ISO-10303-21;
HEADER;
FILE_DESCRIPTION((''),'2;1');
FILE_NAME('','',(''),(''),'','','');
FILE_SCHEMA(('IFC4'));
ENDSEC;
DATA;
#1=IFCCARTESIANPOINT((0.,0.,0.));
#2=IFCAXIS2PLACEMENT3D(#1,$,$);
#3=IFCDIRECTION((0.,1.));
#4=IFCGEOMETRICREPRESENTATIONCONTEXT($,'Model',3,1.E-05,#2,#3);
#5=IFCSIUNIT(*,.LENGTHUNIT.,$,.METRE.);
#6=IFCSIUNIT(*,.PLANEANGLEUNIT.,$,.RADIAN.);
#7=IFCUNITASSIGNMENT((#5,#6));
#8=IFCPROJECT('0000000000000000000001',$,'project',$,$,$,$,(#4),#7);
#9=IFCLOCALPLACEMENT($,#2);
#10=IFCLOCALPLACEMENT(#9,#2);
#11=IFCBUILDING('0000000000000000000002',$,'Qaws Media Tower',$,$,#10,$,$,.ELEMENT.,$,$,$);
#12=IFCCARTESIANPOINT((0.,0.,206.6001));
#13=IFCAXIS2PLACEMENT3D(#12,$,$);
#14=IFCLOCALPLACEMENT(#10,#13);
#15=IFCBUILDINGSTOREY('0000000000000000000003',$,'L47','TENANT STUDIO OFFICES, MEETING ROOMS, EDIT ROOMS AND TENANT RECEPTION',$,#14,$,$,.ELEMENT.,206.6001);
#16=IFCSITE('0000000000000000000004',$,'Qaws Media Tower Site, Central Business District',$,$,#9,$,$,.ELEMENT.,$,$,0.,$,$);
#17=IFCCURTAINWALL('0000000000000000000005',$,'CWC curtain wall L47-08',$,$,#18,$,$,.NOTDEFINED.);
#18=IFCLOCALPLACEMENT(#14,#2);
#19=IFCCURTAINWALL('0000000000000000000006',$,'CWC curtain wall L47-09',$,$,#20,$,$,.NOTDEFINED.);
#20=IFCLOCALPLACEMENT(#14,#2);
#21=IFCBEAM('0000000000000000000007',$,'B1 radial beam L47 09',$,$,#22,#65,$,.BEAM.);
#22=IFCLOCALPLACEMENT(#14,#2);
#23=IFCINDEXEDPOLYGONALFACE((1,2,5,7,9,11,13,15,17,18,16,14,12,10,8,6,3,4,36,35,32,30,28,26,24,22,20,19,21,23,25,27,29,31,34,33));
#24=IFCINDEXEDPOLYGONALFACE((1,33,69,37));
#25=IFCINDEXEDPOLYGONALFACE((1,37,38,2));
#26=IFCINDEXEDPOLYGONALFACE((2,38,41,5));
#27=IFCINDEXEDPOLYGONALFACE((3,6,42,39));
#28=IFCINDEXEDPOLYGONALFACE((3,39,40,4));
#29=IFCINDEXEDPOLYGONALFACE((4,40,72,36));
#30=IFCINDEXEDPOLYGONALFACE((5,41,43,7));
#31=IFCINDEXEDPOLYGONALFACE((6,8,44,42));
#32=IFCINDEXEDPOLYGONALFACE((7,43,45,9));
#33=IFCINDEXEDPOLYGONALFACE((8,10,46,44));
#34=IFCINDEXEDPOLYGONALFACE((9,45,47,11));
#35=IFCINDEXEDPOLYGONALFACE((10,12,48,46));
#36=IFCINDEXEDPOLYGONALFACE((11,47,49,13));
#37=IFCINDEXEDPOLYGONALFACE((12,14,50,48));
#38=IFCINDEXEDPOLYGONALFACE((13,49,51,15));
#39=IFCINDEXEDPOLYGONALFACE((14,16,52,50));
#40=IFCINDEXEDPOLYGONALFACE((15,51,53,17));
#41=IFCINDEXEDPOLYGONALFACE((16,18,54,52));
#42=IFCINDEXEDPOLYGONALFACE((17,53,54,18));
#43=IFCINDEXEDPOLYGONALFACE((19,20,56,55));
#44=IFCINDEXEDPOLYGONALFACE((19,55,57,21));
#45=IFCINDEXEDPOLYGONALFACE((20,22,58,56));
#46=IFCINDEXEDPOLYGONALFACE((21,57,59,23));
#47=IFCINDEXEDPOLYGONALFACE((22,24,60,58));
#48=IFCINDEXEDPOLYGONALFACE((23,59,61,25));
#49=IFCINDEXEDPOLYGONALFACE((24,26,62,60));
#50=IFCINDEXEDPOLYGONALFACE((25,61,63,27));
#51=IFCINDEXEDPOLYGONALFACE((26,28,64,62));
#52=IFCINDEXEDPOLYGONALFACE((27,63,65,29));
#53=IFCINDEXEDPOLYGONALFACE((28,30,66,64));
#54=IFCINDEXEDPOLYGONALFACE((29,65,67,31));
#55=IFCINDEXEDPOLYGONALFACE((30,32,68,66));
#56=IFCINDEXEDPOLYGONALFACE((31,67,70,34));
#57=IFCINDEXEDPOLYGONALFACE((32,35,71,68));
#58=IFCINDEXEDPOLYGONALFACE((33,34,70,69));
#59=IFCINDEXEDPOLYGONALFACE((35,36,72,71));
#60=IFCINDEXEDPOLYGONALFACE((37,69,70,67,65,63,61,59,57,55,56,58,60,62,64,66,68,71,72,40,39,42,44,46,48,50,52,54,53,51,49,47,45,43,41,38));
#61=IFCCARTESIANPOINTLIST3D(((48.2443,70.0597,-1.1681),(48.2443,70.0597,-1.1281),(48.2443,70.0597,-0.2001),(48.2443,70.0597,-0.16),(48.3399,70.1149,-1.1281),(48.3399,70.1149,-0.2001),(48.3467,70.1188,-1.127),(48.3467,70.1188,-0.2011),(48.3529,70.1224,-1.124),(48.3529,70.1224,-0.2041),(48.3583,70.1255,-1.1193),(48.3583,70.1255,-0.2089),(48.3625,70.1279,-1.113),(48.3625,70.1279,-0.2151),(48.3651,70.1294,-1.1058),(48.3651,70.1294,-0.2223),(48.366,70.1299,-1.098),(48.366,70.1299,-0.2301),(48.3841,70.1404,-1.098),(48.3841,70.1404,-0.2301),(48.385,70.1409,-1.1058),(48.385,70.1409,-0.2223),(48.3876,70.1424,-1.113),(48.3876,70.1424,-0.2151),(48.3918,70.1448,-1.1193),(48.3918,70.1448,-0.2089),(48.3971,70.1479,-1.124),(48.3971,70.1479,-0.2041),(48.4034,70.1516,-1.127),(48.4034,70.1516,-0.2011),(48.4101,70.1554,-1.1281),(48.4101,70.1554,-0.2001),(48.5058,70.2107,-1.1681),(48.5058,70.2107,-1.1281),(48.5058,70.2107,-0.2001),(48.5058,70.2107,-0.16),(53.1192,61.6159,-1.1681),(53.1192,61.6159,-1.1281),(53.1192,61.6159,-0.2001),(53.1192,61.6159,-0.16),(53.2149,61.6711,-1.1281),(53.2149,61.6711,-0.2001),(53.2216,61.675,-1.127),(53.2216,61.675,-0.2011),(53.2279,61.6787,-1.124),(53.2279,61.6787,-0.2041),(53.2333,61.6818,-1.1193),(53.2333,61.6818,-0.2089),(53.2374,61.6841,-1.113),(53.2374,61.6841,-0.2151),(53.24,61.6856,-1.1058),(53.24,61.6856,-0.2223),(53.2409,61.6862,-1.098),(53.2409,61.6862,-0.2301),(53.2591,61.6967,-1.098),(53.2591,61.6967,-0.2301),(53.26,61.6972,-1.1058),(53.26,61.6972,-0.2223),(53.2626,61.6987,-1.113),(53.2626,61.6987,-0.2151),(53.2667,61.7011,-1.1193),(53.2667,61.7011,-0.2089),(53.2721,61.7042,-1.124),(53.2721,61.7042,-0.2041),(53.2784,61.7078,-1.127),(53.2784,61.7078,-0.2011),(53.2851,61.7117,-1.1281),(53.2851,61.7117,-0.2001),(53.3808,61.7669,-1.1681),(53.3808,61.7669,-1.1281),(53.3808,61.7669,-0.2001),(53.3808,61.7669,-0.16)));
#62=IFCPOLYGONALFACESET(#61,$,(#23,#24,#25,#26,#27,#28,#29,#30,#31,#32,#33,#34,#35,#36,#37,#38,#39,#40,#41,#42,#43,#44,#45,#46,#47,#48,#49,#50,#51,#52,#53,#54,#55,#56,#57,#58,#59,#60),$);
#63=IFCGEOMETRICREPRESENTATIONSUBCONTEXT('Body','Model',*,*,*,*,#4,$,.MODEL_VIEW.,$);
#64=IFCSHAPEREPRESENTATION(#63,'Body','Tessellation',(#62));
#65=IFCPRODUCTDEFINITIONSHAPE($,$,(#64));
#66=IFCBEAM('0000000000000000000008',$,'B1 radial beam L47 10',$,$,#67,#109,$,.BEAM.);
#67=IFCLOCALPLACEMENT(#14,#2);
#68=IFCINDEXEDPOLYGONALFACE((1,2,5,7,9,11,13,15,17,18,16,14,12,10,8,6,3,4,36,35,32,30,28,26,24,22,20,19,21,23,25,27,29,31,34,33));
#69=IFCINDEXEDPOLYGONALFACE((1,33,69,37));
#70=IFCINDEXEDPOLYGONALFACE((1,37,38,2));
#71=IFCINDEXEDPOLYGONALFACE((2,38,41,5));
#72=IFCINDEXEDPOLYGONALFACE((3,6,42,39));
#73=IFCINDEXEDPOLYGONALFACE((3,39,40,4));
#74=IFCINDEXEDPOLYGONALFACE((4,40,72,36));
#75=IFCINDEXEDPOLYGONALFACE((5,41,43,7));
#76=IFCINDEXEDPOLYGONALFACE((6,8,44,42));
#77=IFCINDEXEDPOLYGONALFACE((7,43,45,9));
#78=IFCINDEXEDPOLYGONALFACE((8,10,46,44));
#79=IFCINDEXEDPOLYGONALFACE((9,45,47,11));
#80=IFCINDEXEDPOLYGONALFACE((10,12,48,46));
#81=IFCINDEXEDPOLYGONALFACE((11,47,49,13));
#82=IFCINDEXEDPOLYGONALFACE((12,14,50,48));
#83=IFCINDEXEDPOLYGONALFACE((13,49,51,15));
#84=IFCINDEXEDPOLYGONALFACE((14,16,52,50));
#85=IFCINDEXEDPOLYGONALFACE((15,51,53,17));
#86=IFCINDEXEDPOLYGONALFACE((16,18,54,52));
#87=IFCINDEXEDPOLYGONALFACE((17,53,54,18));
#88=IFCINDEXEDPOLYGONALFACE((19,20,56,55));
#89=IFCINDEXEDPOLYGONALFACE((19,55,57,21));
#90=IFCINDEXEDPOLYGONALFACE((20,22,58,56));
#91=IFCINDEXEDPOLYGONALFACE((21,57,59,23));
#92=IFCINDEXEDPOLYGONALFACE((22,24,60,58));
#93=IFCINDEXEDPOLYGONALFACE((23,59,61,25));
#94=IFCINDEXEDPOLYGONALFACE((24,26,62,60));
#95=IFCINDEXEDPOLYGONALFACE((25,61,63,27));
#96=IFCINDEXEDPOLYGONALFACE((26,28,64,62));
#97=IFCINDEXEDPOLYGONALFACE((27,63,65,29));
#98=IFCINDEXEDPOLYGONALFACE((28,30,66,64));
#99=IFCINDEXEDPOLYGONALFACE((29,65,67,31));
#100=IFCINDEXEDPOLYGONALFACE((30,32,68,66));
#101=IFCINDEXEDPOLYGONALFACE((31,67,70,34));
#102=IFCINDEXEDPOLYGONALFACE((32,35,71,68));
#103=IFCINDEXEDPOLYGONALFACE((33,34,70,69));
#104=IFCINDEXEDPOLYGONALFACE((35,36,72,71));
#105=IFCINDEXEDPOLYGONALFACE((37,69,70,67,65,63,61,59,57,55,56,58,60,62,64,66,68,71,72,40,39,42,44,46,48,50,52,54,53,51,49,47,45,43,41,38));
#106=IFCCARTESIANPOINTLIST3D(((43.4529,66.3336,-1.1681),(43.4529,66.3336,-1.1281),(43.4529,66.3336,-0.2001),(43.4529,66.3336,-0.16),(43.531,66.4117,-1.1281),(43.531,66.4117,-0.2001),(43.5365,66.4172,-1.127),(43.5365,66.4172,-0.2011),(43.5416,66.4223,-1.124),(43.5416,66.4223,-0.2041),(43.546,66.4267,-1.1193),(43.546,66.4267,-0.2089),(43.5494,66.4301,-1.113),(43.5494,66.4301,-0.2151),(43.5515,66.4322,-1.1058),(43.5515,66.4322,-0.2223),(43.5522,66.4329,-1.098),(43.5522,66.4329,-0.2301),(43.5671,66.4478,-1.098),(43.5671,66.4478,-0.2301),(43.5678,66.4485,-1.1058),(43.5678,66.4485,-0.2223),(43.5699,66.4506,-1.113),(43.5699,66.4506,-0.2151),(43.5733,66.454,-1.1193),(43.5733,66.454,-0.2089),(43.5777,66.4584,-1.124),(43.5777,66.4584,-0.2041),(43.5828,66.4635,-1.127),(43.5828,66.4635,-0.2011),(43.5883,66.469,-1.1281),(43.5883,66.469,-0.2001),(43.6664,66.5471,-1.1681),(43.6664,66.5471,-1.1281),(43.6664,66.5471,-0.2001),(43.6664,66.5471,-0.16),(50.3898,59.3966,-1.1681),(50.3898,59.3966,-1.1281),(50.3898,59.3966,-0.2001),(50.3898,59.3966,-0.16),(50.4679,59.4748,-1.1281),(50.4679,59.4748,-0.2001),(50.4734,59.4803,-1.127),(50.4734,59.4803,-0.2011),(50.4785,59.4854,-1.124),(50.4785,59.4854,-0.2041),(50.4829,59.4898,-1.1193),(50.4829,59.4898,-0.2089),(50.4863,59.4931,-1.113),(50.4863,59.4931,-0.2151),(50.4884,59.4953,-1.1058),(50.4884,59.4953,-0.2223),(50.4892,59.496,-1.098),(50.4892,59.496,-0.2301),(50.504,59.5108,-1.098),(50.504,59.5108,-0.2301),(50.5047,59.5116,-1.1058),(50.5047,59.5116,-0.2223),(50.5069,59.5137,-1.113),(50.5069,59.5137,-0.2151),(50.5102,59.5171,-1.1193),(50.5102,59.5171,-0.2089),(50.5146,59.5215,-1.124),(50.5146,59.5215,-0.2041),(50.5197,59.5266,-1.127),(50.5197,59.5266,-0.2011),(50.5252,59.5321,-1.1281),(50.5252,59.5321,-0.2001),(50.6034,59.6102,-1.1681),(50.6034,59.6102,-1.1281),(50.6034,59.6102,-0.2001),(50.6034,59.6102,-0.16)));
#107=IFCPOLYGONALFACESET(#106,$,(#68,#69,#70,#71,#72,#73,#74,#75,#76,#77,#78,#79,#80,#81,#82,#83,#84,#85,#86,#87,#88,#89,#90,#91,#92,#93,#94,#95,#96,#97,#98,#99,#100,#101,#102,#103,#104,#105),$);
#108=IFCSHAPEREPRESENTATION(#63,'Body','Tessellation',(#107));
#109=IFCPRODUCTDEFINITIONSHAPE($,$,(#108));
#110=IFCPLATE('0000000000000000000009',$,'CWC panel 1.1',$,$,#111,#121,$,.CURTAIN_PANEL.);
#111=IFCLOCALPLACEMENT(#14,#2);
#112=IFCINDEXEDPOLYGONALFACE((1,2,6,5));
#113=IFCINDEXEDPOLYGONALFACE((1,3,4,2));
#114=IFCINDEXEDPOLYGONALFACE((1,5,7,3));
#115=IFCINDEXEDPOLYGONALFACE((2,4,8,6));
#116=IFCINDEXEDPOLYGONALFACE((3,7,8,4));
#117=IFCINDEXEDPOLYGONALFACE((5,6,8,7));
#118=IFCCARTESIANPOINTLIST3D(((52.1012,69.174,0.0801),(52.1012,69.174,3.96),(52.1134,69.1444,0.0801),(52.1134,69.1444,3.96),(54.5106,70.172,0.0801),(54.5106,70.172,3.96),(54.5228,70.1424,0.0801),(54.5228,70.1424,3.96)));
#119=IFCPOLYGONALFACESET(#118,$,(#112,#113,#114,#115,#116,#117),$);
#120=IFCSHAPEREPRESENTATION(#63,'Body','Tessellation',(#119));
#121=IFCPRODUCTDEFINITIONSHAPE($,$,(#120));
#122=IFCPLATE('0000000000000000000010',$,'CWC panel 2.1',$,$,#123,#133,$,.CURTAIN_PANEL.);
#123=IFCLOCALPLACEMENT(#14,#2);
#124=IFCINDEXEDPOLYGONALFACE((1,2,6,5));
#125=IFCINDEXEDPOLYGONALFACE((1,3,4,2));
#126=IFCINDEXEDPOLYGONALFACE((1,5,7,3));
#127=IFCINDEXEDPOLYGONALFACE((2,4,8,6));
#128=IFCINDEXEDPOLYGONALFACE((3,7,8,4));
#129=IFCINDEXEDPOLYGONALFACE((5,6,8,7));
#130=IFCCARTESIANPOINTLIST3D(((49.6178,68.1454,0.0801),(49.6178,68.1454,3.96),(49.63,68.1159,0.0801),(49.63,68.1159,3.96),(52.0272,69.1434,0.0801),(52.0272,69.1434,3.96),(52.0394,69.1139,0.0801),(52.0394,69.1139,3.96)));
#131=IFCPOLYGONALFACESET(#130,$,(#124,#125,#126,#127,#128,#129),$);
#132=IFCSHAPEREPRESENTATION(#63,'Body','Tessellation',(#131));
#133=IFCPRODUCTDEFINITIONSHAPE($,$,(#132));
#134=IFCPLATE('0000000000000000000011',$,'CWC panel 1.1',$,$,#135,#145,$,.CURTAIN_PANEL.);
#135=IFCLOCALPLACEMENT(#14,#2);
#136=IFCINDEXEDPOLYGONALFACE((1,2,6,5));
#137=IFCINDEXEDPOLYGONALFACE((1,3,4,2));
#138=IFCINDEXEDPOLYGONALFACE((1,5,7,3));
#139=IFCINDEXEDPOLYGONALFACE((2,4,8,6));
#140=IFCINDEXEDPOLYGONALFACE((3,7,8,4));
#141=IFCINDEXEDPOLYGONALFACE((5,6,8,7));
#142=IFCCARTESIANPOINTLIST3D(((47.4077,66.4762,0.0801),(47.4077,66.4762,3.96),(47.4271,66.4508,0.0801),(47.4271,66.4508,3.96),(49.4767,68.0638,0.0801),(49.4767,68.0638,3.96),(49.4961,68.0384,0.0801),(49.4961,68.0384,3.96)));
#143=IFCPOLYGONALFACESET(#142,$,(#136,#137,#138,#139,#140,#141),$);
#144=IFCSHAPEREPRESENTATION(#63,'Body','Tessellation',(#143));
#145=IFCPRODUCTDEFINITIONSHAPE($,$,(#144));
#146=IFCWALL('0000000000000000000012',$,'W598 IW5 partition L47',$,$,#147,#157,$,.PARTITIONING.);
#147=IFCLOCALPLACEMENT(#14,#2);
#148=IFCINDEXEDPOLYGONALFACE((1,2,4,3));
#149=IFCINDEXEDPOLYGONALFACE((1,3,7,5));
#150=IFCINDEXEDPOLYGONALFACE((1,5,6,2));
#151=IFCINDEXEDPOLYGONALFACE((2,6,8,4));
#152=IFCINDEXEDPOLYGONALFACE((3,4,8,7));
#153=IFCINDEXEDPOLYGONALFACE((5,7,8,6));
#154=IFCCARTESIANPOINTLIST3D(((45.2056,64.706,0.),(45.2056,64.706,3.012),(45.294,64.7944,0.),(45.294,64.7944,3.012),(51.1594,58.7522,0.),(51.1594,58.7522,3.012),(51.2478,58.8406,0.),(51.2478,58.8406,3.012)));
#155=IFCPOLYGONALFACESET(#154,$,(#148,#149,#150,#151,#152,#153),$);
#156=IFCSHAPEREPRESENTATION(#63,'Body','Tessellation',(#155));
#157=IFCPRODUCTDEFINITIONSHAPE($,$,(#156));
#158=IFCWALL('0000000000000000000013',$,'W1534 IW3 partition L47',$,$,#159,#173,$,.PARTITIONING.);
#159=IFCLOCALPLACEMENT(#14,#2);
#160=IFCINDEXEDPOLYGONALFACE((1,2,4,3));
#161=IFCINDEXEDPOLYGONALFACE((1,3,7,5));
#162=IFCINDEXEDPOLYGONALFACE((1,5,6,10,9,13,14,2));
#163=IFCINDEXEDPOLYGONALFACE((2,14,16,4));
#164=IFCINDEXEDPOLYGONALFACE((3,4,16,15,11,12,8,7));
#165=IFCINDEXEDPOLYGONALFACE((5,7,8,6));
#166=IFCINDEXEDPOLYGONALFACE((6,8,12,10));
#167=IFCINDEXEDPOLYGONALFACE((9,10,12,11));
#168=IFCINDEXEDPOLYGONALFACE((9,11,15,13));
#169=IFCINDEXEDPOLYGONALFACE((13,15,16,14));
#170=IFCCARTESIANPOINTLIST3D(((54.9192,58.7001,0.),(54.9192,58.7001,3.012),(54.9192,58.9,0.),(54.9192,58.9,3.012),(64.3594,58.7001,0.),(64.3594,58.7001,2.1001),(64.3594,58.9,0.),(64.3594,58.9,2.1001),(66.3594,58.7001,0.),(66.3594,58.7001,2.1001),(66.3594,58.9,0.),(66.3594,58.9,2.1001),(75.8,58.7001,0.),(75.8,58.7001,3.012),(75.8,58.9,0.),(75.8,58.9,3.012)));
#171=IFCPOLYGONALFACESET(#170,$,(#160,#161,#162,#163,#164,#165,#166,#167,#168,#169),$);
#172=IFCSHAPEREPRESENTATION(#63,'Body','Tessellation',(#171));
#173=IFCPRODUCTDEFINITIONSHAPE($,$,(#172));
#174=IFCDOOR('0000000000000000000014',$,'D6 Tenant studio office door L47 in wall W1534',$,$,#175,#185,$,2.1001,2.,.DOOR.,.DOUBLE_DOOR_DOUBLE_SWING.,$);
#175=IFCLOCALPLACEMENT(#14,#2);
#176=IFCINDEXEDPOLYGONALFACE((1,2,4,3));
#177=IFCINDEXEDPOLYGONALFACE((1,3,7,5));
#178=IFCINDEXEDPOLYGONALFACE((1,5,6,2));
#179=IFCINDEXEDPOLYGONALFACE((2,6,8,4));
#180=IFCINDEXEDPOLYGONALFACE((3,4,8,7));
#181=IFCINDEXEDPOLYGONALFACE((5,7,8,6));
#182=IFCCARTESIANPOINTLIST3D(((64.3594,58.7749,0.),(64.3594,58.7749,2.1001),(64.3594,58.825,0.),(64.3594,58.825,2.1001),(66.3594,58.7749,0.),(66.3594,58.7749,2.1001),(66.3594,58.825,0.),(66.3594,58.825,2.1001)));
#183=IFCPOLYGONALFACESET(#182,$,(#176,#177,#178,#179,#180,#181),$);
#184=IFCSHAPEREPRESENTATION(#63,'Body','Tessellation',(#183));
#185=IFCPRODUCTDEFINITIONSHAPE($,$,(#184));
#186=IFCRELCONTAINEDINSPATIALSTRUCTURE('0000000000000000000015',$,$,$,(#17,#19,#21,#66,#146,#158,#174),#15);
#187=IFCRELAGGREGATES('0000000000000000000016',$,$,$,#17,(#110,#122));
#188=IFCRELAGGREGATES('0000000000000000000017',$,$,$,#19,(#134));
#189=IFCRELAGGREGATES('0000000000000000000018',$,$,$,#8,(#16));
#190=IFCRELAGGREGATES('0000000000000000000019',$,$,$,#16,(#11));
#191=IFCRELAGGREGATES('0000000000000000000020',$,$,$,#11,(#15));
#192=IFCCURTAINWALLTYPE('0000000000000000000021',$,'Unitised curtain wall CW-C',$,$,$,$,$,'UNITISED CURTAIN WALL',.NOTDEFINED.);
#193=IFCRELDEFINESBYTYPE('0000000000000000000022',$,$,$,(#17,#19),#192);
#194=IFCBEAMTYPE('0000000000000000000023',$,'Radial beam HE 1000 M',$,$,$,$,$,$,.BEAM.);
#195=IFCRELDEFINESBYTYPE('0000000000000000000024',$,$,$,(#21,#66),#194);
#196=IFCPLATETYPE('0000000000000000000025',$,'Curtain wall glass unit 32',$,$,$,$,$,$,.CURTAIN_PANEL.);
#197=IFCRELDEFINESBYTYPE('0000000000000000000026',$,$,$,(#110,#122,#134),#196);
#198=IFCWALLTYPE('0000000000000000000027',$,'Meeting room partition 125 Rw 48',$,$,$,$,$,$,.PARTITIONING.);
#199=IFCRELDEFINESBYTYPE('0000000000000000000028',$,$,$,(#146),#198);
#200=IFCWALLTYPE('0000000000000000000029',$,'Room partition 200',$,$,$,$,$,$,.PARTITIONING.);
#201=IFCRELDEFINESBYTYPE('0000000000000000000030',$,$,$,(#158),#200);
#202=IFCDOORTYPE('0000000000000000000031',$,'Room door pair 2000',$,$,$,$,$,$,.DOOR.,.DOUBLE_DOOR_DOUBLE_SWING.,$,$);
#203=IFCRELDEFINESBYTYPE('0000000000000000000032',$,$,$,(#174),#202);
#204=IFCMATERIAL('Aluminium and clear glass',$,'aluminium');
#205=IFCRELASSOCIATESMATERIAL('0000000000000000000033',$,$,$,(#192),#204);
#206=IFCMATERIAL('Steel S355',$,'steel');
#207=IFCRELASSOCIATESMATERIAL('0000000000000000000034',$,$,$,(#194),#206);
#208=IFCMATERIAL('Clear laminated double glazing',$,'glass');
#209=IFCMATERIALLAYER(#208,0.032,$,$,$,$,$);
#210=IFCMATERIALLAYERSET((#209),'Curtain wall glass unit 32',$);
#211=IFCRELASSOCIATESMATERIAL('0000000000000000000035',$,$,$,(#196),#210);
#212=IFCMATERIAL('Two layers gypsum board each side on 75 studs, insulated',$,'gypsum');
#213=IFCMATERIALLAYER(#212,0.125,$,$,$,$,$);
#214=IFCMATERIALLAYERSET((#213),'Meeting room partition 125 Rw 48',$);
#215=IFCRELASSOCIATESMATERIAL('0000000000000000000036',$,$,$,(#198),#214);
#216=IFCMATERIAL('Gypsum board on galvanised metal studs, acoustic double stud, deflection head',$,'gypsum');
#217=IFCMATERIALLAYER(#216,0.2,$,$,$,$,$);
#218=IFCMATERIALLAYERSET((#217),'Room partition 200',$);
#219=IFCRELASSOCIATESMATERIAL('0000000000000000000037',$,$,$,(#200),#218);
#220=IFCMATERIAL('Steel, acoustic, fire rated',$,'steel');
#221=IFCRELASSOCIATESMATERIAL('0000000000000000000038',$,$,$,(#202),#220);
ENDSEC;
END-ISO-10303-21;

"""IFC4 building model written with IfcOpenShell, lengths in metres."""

from ifc_helpers import new_model, si_unit, direction, frame, frame_2d, origin, origin_2d, place, context, subcontext, project, spatial, rectangle, i_section, extrude, material, layer, layer_set, material_profile, profile_set, type_object, element, fill, aggregate, save


model = new_model("IFC4")

# Units and contexts
model_context = context("Model", 3, precision=1e-05, world=origin(), true_north=direction((0.0, 1.0)))
body_context = subcontext(model_context, "Body", "Model", "MODEL_VIEW")
ifc_project = project(units=[si_unit("LENGTHUNIT", "METRE"), si_unit("PLANEANGLEUNIT", "RADIAN")], contexts=[model_context])

# Site, building, storey
site_placement = place(None, origin())
site = spatial("IfcSite", under=ifc_project, at=site_placement, Name="Qaws Media Tower Site, Central Business District", CompositionType="ELEMENT", RefElevation=0.0)
building_placement = place(site_placement, origin())
building = spatial("IfcBuilding", under=site, at=building_placement, Name="Qaws Media Tower", CompositionType="ELEMENT")
storey_placement = place(building_placement, frame((0.0, 0.0, 206.6001)))
storey = spatial("IfcBuildingStorey", under=building, at=storey_placement, Name="L47", Description="TENANT STUDIO OFFICES, MEETING ROOMS, EDIT ROOMS AND TENANT RECEPTION", CompositionType="ELEMENT", Elevation=206.6001)

# Curtain walls
ifc_material_1 = material(Name="Aluminium and clear glass", Category="aluminium")
curtain_wall_type = type_object("IfcCurtainWallType", Name="Unitised curtain wall CW-C", ElementType="UNITISED CURTAIN WALL", PredefinedType="NOTDEFINED", material=ifc_material_1)
curtain_wall_1_placement = place(storey_placement, origin())
curtain_wall_1 = element("IfcCurtainWall", 1, at=curtain_wall_1_placement, inside=storey, type_object=curtain_wall_type, Name="CWC curtain wall L47-08", PredefinedType="NOTDEFINED")
curtain_wall_2_placement = place(storey_placement, origin())
curtain_wall_2 = element("IfcCurtainWall", 2, at=curtain_wall_2_placement, inside=storey, type_object=curtain_wall_type, Name="CWC curtain wall L47-09", PredefinedType="NOTDEFINED")

# Beams
ifc_material_2 = material(Name="Steel S355", Category="steel")
ifc_material_profile_1 = material_profile(ifc_material_2, i_section(OverallWidth=0.302, OverallDepth=1.0081, WebThickness=0.021, FlangeThickness=0.04, FilletRadius=0.03, at=origin_2d()), Name="HE 1000 M")
ifc_profile_set_1 = profile_set([ifc_material_profile_1], Name="Steel S355")
beam_type_1 = type_object("IfcBeamType", Name="Radial beam HE 1000 M", PredefinedType="BEAM", material=ifc_profile_set_1)
beam_1_placement = place(storey_placement, frame((53.25, 61.6914, -0.6641), z_axis=(-0.499996, 0.866028, 0.0), x_axis=(-0.866028, -0.499996, 0.0)))
element("IfcBeam", 3, at=beam_1_placement, inside=storey, type_object=beam_type_1, Name="B1 radial beam L47 09", PredefinedType="BEAM", context=body_context, shape_type="SweptSolid", body=[
    extrude(i_section(OverallWidth=0.302, OverallDepth=1.0081, WebThickness=0.021, FlangeThickness=0.04, FilletRadius=0.03, at=origin_2d()), origin(), (0.0, 0.0, 1.0), 9.75),
])
beam_2_placement = place(storey_placement, frame((50.4966, 59.5034, -0.6641), z_axis=(-0.707107, 0.707107, 0.0), x_axis=(-0.707107, -0.707107, 0.0)))
element("IfcBeam", 4, at=beam_2_placement, inside=storey, type_object=beam_type_1, Name="B1 radial beam L47 10", PredefinedType="BEAM", context=body_context, shape_type="SweptSolid", body=[
    extrude(i_section(OverallWidth=0.302, OverallDepth=1.0081, WebThickness=0.021, FlangeThickness=0.04, FilletRadius=0.03, at=origin_2d()), origin(), (0.0, 0.0, 1.0), 9.8103),
])

# Plates
ifc_material_3 = material(Name="Clear laminated double glazing", Category="glass")
ifc_layer_1 = layer(ifc_material_3, 0.032)
ifc_layer_set_1 = layer_set([ifc_layer_1], Name="Curtain wall glass unit 32")
plate_type = type_object("IfcPlateType", Name="Curtain wall glass unit 32", PredefinedType="CURTAIN_PANEL", material=ifc_layer_set_1)
plate_1_placement = place(storey_placement, frame((53.312, 69.6582, 0.0801), z_axis=(0.0, 0.0, 1.0), x_axis=(-0.92388, -0.382683, 0.0)))
plate_1 = element("IfcPlate", 5, at=plate_1_placement, type_object=plate_type, Name="CWC panel 1.1", PredefinedType="CURTAIN_PANEL", context=body_context, shape_type="SweptSolid", body=[
    extrude(rectangle(XDim=2.6079, YDim=0.032, at=origin_2d()), origin(), (0.0, 0.0, 1.0), 3.8799),
])
plate_2_placement = place(storey_placement, frame((50.8286, 68.6296, 0.0801), z_axis=(0.0, 0.0, 1.0), x_axis=(-0.92388, -0.382683, 0.0)))
plate_2 = element("IfcPlate", 6, at=plate_2_placement, type_object=plate_type, Name="CWC panel 2.1", PredefinedType="CURTAIN_PANEL", context=body_context, shape_type="SweptSolid", body=[
    extrude(rectangle(XDim=2.6079, YDim=0.032, at=origin_2d()), origin(), (0.0, 0.0, 1.0), 3.8799),
])
aggregate(curtain_wall_1, [plate_1, plate_2])
plate_3_placement = place(storey_placement, frame((48.4519, 67.2573, 0.0801), z_axis=(0.0, 0.0, 1.0), x_axis=(-0.793353, -0.608761, 0.0)))
plate_3 = element("IfcPlate", 7, at=plate_3_placement, type_object=plate_type, Name="CWC panel 1.1", PredefinedType="CURTAIN_PANEL", context=body_context, shape_type="SweptSolid", body=[
    extrude(rectangle(XDim=2.6079, YDim=0.032, at=origin_2d()), origin(), (0.0, 0.0, 1.0), 3.8799),
])
aggregate(curtain_wall_2, [plate_3])

# Wall
ifc_material_4 = material(Name="Two layers gypsum board each side on 75 studs, insulated", Category="gypsum")
ifc_layer_2 = layer(ifc_material_4, 0.125)
ifc_layer_set_2 = layer_set([ifc_layer_2], Name="Meeting room partition 125 Rw 48")
wall_type_1 = type_object("IfcWallType", Name="Meeting room partition 125 Rw 48", PredefinedType="PARTITIONING", material=ifc_layer_set_2)
wall_1_placement = place(storey_placement, frame((51.2036, 58.7964, 0.0), z_axis=(0.0, 0.0, 1.0), x_axis=(-0.707107, 0.707107, 0.0)))
element("IfcWall", 8, at=wall_1_placement, inside=storey, type_object=wall_type_1, Name="W598 IW5 partition L47", PredefinedType="PARTITIONING", context=body_context, shape_type="SweptSolid", body=[
    extrude(rectangle(XDim=8.4199, YDim=0.125, at=frame_2d((4.21, 0.0))), origin(), (0.0, 0.0, 1.0), 3.012),
])

# Wall, opening, door
ifc_material_5 = material(Name="Gypsum board on galvanised metal studs, acoustic double stud, deflection head", Category="gypsum")
ifc_layer_3 = layer(ifc_material_5, 0.2)
ifc_layer_set_3 = layer_set([ifc_layer_3], Name="Room partition 200")
wall_type_2 = type_object("IfcWallType", Name="Room partition 200", PredefinedType="PARTITIONING", material=ifc_layer_set_3)
wall_2_placement = place(storey_placement, frame((54.9192, 58.8, 0.0), z_axis=(0.0, 0.0, 1.0), x_axis=(1.0, 0.0, 0.0)))
wall_2 = element("IfcWall", 9, at=wall_2_placement, inside=storey, type_object=wall_type_2, Name="W1534 IW3 partition L47", PredefinedType="PARTITIONING", context=body_context, shape_type="SweptSolid", body=[
    extrude(rectangle(XDim=20.8809, YDim=0.2, at=frame_2d((10.4404, 0.0))), origin(), (0.0, 0.0, 1.0), 3.012),
])
opening_1_placement = place(wall_2_placement, frame((9.4402, 0.0, 0.0)))
opening_1 = element("IfcOpeningElement", 10, at=opening_1_placement, cuts=wall_2, PredefinedType="OPENING", context=body_context, shape_type="SweptSolid", body=[
    extrude(rectangle(XDim=2.0, YDim=2.1001, at=frame_2d((1.0, 1.05))), frame((0.0, 0.1099, 0.0), z_axis=(0.0, -1.0, 0.0), x_axis=(1.0, 0.0, 0.0)), (0.0, 0.0, 1.0), 0.22),
])
ifc_material_6 = material(Name="Steel, acoustic, fire rated", Category="steel")
door_type_1 = type_object("IfcDoorType", Name="Room door pair 2000", OperationType="DOUBLE_DOOR_DOUBLE_SWING", PredefinedType="DOOR", material=ifc_material_6)
door_1_placement = place(opening_1_placement, origin())
door_1 = element("IfcDoor", 11, at=door_1_placement, inside=storey, type_object=door_type_1, Name="D6 Tenant studio office door L47 in wall W1534", OperationType="DOUBLE_DOOR_DOUBLE_SWING", OverallHeight=2.1001, OverallWidth=2.0, PredefinedType="DOOR", context=body_context, shape_type="SweptSolid", body=[
    extrude(rectangle(XDim=2.0, YDim=2.1001, at=frame_2d((1.0, 1.05))), frame((0.0, 0.0249, 0.0), z_axis=(0.0, -1.0, 0.0), x_axis=(1.0, 0.0, 0.0)), (0.0, 0.0, 1.0), 0.05),
])
fill(opening_1, door_1)

save(model, "model.ifc")
